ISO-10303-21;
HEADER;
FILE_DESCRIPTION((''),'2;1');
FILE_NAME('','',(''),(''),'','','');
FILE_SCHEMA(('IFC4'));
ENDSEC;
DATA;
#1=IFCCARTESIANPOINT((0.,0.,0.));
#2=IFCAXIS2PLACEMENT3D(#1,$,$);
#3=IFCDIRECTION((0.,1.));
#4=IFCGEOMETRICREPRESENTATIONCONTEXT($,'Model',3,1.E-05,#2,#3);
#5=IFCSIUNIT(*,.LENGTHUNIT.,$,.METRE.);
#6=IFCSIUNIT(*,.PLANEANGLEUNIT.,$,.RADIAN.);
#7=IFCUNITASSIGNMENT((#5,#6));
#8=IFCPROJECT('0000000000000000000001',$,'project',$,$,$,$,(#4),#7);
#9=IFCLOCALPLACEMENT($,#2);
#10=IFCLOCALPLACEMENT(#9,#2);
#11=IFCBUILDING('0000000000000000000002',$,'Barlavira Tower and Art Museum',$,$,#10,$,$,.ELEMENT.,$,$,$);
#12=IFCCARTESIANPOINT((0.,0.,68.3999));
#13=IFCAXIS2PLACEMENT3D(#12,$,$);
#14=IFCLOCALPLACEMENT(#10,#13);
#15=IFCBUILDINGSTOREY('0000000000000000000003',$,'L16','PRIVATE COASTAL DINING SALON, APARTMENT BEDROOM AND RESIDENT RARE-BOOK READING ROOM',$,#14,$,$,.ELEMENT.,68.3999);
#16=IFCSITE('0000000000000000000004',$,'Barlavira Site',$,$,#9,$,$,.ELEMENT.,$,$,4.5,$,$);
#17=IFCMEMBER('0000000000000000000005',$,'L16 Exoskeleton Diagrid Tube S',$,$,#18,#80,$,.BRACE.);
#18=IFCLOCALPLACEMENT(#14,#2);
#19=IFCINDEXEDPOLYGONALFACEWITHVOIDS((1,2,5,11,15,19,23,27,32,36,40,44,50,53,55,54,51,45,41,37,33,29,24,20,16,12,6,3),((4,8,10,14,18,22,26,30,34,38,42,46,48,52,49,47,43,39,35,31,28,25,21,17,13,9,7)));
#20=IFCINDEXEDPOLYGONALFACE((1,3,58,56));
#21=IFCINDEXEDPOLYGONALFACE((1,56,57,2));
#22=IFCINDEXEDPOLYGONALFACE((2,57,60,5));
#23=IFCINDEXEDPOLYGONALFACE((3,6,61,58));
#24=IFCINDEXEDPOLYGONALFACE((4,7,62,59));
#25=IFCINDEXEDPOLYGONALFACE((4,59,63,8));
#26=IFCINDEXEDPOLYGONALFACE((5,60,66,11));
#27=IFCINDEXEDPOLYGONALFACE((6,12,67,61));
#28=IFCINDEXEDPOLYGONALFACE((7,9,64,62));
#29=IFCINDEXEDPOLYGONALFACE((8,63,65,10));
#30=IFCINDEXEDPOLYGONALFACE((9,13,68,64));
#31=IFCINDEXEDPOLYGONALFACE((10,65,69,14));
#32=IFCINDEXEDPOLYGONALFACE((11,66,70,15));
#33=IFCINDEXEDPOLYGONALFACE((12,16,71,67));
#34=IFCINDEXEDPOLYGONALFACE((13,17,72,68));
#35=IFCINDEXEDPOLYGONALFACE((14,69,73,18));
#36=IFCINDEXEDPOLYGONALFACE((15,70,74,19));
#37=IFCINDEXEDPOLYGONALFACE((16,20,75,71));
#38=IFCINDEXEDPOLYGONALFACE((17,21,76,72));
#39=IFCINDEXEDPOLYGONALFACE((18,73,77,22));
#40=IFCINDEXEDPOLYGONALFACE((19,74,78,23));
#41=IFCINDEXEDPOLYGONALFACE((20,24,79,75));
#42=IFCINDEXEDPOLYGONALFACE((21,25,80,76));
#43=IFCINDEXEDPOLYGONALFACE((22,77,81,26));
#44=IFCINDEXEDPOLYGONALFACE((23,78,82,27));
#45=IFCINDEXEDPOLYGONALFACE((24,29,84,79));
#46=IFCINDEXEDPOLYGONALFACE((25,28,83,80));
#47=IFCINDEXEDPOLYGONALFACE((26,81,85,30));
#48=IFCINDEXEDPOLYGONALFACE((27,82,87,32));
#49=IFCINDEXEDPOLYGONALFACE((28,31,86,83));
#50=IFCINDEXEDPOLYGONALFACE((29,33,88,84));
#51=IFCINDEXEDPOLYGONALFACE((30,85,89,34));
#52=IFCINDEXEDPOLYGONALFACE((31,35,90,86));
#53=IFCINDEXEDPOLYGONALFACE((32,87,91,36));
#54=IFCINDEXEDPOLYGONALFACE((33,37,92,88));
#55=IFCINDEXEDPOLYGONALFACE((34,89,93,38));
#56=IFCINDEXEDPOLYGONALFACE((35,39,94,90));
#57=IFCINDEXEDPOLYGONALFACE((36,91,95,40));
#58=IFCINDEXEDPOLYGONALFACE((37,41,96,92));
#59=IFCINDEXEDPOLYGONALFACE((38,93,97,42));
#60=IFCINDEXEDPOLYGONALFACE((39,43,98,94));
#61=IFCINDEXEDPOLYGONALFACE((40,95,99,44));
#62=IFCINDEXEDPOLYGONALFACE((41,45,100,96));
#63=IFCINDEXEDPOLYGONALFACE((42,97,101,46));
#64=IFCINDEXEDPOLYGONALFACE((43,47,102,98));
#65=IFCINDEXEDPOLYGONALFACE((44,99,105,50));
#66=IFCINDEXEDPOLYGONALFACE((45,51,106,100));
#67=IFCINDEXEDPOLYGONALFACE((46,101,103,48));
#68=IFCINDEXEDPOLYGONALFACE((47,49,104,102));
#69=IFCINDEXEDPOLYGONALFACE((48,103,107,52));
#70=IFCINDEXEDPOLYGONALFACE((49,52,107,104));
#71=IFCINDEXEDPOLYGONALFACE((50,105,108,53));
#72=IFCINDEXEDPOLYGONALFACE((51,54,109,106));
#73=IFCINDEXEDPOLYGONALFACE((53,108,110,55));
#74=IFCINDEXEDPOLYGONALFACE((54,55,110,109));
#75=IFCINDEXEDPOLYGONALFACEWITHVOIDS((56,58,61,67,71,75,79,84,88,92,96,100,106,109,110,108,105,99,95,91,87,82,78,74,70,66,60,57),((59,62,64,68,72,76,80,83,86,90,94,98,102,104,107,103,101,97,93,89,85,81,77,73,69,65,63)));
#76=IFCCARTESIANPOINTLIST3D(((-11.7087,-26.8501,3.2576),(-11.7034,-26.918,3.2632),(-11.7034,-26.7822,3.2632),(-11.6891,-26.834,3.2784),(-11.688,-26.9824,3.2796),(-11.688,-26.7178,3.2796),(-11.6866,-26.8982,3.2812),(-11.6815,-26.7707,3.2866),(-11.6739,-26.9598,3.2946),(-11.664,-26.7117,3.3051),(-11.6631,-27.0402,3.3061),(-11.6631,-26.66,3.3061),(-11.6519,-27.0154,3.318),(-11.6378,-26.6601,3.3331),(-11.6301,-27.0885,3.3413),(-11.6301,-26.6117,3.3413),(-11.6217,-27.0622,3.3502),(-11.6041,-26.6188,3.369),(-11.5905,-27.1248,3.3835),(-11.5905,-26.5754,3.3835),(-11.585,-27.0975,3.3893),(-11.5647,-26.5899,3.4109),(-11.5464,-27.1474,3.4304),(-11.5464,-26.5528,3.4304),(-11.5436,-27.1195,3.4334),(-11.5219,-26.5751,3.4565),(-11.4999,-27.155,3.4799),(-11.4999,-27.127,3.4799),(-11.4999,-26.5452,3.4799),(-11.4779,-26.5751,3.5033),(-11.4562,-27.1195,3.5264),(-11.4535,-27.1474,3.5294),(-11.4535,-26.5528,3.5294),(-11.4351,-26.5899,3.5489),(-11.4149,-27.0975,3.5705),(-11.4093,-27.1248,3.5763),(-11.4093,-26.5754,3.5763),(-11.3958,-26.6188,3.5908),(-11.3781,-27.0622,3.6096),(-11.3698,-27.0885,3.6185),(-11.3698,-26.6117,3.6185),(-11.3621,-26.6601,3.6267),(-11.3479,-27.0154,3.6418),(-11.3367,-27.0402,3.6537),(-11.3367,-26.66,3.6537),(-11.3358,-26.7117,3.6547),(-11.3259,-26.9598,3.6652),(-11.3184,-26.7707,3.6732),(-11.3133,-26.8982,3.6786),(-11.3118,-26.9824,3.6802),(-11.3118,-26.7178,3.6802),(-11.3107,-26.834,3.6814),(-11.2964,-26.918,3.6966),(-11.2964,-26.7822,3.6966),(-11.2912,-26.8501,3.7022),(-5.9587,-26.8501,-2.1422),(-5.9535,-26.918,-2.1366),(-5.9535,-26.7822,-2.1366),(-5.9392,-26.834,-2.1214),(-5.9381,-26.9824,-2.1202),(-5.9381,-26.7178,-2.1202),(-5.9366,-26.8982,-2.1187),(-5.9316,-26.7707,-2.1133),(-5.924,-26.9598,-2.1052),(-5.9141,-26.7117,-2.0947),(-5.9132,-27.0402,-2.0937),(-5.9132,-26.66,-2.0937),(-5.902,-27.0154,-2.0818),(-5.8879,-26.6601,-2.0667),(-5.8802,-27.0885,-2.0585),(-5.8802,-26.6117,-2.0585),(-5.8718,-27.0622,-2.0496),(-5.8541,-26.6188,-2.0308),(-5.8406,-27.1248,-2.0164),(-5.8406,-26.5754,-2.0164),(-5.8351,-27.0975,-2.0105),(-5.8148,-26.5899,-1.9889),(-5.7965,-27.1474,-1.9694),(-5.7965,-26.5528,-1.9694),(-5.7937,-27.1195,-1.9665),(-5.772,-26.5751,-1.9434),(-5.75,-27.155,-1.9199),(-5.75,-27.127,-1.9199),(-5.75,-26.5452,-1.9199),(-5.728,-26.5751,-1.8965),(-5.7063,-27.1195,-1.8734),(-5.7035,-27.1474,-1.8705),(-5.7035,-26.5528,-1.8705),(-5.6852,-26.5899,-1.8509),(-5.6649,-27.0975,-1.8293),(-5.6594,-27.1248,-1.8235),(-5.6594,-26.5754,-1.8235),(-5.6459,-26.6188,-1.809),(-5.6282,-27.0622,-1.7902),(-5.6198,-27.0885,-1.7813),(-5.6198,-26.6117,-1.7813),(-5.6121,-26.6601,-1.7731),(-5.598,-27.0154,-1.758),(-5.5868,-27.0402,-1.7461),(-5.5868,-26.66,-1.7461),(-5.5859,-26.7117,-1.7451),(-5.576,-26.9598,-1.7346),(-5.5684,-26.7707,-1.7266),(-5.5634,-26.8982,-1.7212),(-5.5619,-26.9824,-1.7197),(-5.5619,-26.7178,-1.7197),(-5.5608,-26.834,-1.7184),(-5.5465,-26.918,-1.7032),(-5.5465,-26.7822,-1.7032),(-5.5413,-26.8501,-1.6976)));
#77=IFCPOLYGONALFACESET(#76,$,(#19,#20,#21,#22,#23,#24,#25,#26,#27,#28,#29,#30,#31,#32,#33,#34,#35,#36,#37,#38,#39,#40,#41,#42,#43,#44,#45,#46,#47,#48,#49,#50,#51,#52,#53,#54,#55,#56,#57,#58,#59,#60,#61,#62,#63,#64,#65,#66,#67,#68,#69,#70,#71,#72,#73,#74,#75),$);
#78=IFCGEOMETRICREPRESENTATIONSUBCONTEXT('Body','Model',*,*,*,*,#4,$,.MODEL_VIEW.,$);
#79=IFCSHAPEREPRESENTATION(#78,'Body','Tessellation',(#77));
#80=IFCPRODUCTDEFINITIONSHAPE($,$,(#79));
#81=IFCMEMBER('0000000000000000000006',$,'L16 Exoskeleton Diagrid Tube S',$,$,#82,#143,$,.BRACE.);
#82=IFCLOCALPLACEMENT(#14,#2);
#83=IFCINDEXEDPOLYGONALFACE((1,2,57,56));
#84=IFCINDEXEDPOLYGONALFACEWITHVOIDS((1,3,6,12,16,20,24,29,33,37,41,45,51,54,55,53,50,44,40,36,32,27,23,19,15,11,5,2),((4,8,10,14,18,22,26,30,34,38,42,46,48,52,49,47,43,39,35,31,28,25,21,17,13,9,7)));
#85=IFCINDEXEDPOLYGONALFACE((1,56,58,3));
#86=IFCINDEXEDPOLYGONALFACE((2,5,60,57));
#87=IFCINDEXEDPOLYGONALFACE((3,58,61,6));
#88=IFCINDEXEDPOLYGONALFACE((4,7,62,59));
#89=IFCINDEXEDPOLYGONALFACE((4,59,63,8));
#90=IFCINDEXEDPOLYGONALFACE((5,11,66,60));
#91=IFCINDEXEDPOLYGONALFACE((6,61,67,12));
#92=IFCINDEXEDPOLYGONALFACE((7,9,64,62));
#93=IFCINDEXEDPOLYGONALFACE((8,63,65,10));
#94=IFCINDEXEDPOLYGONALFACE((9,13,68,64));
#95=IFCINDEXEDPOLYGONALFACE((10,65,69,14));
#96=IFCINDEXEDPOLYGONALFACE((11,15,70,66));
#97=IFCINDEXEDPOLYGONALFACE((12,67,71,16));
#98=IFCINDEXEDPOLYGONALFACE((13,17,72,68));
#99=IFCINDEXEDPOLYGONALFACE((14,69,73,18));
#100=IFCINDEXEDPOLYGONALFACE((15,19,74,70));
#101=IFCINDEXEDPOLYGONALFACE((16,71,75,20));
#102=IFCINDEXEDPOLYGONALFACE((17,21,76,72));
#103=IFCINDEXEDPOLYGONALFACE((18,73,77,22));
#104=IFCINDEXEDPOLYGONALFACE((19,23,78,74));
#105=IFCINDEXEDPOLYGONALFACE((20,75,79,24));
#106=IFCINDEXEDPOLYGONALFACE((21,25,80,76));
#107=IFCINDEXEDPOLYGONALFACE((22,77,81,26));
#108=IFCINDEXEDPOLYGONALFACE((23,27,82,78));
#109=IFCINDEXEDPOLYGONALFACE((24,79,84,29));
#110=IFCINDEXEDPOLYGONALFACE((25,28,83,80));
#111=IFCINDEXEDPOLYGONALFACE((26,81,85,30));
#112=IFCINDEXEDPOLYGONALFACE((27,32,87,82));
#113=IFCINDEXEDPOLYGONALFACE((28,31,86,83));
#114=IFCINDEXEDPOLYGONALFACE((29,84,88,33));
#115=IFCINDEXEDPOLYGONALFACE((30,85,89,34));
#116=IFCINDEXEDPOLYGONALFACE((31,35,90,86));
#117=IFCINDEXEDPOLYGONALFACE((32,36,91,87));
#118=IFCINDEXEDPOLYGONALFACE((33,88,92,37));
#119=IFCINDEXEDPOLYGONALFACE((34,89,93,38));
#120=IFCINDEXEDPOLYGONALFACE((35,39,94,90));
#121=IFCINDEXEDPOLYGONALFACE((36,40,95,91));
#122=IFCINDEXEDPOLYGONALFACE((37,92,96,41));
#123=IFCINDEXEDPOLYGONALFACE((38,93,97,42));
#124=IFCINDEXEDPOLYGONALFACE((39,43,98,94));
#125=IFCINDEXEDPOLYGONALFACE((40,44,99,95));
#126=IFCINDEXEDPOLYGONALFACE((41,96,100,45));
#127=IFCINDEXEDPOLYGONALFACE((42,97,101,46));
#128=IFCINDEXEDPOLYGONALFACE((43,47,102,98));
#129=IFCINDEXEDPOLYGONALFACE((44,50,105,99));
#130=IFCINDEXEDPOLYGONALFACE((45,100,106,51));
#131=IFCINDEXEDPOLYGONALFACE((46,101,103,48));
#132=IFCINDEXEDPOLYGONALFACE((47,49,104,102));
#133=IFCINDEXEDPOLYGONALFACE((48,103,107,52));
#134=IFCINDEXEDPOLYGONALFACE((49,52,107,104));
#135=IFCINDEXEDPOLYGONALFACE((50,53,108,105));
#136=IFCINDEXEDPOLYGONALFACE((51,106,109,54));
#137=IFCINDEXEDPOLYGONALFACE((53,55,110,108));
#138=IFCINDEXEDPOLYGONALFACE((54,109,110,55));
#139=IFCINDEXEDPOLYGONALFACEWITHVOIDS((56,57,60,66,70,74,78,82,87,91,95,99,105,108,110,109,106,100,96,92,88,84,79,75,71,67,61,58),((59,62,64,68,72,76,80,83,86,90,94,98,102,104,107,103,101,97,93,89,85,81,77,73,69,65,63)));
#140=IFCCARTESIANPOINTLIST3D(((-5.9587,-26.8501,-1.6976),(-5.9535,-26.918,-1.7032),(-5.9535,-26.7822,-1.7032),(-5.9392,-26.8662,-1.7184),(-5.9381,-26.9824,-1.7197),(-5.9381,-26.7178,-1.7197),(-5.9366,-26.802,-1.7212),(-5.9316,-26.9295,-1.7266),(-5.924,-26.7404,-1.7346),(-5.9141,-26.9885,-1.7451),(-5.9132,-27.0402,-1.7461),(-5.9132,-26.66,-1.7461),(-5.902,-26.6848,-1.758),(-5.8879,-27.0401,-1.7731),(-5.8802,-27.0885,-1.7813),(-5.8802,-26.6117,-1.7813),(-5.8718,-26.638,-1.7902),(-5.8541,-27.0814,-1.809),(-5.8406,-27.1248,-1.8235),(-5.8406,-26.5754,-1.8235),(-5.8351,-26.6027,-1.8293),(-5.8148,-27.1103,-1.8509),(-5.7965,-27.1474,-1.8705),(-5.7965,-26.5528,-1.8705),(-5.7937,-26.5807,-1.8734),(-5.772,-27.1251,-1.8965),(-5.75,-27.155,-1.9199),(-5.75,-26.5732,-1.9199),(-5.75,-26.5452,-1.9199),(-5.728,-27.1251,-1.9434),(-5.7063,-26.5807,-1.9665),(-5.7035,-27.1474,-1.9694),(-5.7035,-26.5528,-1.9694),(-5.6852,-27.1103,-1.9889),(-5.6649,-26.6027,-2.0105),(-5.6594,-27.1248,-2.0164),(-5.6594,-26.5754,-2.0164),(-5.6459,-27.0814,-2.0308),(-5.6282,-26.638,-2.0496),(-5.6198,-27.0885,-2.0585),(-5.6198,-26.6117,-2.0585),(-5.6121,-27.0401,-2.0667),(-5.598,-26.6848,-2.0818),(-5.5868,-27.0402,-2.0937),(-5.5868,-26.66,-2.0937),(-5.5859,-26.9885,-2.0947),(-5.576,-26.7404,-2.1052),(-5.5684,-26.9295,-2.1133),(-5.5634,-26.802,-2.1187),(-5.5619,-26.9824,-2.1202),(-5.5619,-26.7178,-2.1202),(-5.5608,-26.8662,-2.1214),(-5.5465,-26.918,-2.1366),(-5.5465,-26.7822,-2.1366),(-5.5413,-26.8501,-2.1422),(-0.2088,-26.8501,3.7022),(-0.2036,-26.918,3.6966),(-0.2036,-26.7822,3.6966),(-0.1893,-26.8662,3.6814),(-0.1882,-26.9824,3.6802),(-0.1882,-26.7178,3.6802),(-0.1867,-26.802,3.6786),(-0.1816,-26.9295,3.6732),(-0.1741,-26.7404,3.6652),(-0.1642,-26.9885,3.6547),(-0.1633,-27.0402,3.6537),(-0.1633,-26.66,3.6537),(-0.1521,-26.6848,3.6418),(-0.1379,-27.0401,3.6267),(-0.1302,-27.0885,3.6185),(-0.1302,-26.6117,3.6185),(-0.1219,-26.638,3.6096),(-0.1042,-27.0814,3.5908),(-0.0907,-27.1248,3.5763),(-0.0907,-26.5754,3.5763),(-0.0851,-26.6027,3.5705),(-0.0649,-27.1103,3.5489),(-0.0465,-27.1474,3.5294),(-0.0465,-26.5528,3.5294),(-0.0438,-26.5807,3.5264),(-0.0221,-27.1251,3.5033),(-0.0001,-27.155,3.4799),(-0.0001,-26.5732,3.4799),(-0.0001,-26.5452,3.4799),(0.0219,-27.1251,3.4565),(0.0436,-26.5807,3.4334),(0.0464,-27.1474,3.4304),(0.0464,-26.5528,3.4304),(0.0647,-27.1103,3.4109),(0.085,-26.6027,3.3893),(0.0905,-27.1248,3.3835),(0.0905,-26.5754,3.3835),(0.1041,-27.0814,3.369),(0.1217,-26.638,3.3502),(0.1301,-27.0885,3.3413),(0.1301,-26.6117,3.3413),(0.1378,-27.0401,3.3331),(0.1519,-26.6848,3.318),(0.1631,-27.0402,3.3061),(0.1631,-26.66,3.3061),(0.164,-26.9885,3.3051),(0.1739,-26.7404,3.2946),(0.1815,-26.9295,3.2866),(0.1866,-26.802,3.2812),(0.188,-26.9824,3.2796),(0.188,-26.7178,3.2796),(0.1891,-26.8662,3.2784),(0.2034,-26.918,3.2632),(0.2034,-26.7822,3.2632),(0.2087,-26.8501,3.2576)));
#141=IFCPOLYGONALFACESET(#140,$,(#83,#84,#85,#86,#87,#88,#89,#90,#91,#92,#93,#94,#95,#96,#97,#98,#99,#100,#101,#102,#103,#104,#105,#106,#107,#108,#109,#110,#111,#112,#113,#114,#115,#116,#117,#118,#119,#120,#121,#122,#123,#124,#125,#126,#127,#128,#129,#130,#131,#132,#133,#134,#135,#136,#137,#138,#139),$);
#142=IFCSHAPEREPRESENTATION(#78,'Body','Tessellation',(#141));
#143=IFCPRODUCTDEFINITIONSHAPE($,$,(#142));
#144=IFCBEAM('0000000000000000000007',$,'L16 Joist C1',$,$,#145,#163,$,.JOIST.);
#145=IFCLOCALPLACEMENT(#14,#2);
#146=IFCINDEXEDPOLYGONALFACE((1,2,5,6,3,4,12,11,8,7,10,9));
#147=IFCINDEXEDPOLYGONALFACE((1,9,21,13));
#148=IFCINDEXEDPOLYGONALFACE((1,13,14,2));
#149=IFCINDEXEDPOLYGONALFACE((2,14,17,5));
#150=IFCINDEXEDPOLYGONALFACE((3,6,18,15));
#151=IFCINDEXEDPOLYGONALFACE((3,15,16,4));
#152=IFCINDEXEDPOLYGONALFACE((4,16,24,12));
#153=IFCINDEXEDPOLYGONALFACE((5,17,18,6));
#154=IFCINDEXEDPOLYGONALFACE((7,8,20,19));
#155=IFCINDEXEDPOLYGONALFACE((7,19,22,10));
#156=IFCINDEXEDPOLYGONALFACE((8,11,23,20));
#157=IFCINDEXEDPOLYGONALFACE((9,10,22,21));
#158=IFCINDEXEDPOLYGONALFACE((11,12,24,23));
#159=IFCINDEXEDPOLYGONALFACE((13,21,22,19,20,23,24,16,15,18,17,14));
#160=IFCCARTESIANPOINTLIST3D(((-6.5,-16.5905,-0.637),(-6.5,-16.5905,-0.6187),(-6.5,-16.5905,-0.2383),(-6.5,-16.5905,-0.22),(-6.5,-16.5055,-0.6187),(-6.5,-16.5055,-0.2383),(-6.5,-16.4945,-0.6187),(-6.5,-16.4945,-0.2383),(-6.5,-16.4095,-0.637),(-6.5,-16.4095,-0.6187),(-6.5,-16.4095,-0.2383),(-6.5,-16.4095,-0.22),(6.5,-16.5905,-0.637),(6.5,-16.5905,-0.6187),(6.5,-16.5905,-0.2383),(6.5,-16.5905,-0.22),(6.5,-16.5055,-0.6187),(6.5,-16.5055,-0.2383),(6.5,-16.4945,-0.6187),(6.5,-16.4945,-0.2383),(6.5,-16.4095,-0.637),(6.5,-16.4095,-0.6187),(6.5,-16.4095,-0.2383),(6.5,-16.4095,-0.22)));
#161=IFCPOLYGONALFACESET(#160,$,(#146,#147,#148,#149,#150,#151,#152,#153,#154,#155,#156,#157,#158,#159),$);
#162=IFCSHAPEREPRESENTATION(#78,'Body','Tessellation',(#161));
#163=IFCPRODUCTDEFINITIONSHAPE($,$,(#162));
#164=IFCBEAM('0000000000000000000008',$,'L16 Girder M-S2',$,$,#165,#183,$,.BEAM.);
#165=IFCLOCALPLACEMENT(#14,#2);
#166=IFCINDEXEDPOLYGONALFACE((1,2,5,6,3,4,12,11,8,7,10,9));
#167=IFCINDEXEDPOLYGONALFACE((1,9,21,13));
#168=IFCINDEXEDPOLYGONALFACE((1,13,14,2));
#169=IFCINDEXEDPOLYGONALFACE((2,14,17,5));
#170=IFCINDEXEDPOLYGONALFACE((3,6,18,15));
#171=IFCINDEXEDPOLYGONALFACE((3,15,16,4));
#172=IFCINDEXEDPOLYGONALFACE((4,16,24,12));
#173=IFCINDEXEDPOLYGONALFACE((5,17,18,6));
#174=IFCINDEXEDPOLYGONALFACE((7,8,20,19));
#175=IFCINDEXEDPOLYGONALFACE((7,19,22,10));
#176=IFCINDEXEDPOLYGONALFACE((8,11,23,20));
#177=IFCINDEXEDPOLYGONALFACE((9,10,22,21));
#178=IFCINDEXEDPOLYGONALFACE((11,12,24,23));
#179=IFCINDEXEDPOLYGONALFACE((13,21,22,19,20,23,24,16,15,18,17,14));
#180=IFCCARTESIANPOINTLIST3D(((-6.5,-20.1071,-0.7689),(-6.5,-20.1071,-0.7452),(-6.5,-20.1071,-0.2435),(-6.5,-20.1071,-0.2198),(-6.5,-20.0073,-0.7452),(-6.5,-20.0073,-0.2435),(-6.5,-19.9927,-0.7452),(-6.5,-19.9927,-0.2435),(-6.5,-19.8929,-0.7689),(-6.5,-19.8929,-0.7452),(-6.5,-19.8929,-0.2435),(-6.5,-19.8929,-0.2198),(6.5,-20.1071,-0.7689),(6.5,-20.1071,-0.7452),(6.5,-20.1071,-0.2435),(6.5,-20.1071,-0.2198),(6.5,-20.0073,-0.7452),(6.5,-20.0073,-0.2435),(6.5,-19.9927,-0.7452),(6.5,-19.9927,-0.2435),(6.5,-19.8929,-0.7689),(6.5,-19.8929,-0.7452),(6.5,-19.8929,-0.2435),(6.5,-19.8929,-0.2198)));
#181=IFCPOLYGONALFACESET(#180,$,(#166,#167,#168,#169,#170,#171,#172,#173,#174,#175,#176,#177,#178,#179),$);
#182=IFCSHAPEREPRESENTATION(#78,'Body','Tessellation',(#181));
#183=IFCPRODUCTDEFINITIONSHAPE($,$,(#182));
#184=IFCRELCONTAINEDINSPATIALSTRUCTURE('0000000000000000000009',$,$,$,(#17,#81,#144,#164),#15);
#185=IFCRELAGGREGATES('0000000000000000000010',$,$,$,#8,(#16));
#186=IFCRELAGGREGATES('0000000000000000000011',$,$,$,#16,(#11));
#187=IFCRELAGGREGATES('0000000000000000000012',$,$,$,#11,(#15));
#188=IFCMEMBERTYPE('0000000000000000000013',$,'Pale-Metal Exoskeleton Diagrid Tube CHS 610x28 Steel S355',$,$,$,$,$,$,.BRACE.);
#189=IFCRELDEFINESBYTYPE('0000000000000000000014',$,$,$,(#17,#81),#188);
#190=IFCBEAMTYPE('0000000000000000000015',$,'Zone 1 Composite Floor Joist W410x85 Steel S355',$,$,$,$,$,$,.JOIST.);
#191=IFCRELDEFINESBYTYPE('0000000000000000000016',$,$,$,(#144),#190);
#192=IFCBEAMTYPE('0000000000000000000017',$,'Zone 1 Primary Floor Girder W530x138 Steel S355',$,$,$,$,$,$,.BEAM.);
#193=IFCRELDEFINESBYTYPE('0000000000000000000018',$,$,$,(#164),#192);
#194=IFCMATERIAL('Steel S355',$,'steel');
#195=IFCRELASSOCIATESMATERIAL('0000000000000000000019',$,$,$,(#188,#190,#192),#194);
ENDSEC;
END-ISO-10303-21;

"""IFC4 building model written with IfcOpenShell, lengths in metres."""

from ifc_helpers import new_model, si_unit, direction, frame, origin, origin_2d, place, context, subcontext, project, spatial, hollow_circle, i_section, extrude, material, material_profile, profile_set, type_object, element, save


model = new_model("IFC4")

# Units and contexts
model_context = context("Model", 3, precision=1e-05, world=origin(), true_north=direction((0.0, 1.0)))
body_context = subcontext(model_context, "Body", "Model", "MODEL_VIEW")
ifc_project = project(units=[si_unit("LENGTHUNIT", "METRE"), si_unit("PLANEANGLEUNIT", "RADIAN")], contexts=[model_context])

# Site, building, storey
site_placement = place(None, origin())
site = spatial("IfcSite", under=ifc_project, at=site_placement, Name="Barlavira Site", CompositionType="ELEMENT", RefElevation=4.5)
building_placement = place(site_placement, origin())
building = spatial("IfcBuilding", under=site, at=building_placement, Name="Barlavira Tower and Art Museum", CompositionType="ELEMENT")
storey_placement = place(building_placement, frame((0.0, 0.0, 68.3999)))
storey = spatial("IfcBuildingStorey", under=building, at=storey_placement, Name="L16", Description="PRIVATE COASTAL DINING SALON, APARTMENT BEDROOM AND RESIDENT RARE-BOOK READING ROOM", CompositionType="ELEMENT", Elevation=68.3999)

# Members
ifc_material_1 = material(Name="Steel S355", Category="steel")
ifc_material_profile_1 = material_profile(ifc_material_1, hollow_circle(Radius=0.3049, WallThickness=0.0281, at=origin_2d()), Name="CHS 610.0x28.0")
ifc_profile_set_1 = profile_set([ifc_material_profile_1], Name="Steel S355")
member_type_1 = type_object("IfcMemberType", Name="Pale-Metal Exoskeleton Diagrid Tube CHS 610x28 Steel S355", PredefinedType="BRACE", material=ifc_profile_set_1)
for number, where, z_axis, x_axis, name in (
    (1, (-5.75, -26.8501, -1.9199), (-0.72895, 0.0, 0.684567), (0.0, -1.0, 0.0), "L16 Exoskeleton Diagrid Tube S"),
    (2, (-5.75, -26.8501, -1.9199), (0.72895, 0.0, 0.684567), (0.0, 1.0, 0.0), "L16 Exoskeleton Diagrid Tube S"),
):
    element("IfcMember", number, at=place(storey_placement, frame(where, z_axis=z_axis, x_axis=x_axis)), inside=storey, type_object=member_type_1, Name=name, PredefinedType="BRACE", context=body_context, shape_type="SweptSolid", body=[
        extrude(hollow_circle(Radius=0.3049, WallThickness=0.0281, at=origin_2d()), origin(), (0.0, 0.0, 1.0), 7.8879),
    ])

# Beams
ifc_material_profile_2 = material_profile(ifc_material_1, i_section(OverallWidth=0.1809, OverallDepth=0.417, WebThickness=0.011, FlangeThickness=0.0183, at=origin_2d()), Name="W410x85.0")
ifc_profile_set_2 = profile_set([ifc_material_profile_2], Name="Steel S355")
beam_type_1 = type_object("IfcBeamType", Name="Zone 1 Composite Floor Joist W410x85 Steel S355", PredefinedType="JOIST", material=ifc_profile_set_2)
beam_1_placement = place(storey_placement, frame((-6.5, -16.5, -0.4285), z_axis=(1.0, 0.0, 0.0), x_axis=(0.0, 1.0, 0.0)))
element("IfcBeam", 3, at=beam_1_placement, inside=storey, type_object=beam_type_1, Name="L16 Joist C1", PredefinedType="JOIST", context=body_context, shape_type="SweptSolid", body=[
    extrude(i_section(OverallWidth=0.1809, OverallDepth=0.417, WebThickness=0.011, FlangeThickness=0.0183, at=origin_2d()), origin(), (0.0, 0.0, 1.0), 13.0),
])
ifc_material_profile_3 = material_profile(ifc_material_1, i_section(OverallWidth=0.2141, OverallDepth=0.5491, WebThickness=0.0146, FlangeThickness=0.0237, at=origin_2d()), Name="W530x138.0")
ifc_profile_set_3 = profile_set([ifc_material_profile_3], Name="Steel S355")
beam_type_2 = type_object("IfcBeamType", Name="Zone 1 Primary Floor Girder W530x138 Steel S355", PredefinedType="BEAM", material=ifc_profile_set_3)
beam_2_placement = place(storey_placement, frame((-6.5, -20.0, -0.4944), z_axis=(1.0, 0.0, 0.0), x_axis=(0.0, 1.0, 0.0)))
element("IfcBeam", 4, at=beam_2_placement, inside=storey, type_object=beam_type_2, Name="L16 Girder M-S2", PredefinedType="BEAM", context=body_context, shape_type="SweptSolid", body=[
    extrude(i_section(OverallWidth=0.2141, OverallDepth=0.5491, WebThickness=0.0146, FlangeThickness=0.0237, at=origin_2d()), origin(), (0.0, 0.0, 1.0), 13.0),
])

save(model, "model.ifc")
